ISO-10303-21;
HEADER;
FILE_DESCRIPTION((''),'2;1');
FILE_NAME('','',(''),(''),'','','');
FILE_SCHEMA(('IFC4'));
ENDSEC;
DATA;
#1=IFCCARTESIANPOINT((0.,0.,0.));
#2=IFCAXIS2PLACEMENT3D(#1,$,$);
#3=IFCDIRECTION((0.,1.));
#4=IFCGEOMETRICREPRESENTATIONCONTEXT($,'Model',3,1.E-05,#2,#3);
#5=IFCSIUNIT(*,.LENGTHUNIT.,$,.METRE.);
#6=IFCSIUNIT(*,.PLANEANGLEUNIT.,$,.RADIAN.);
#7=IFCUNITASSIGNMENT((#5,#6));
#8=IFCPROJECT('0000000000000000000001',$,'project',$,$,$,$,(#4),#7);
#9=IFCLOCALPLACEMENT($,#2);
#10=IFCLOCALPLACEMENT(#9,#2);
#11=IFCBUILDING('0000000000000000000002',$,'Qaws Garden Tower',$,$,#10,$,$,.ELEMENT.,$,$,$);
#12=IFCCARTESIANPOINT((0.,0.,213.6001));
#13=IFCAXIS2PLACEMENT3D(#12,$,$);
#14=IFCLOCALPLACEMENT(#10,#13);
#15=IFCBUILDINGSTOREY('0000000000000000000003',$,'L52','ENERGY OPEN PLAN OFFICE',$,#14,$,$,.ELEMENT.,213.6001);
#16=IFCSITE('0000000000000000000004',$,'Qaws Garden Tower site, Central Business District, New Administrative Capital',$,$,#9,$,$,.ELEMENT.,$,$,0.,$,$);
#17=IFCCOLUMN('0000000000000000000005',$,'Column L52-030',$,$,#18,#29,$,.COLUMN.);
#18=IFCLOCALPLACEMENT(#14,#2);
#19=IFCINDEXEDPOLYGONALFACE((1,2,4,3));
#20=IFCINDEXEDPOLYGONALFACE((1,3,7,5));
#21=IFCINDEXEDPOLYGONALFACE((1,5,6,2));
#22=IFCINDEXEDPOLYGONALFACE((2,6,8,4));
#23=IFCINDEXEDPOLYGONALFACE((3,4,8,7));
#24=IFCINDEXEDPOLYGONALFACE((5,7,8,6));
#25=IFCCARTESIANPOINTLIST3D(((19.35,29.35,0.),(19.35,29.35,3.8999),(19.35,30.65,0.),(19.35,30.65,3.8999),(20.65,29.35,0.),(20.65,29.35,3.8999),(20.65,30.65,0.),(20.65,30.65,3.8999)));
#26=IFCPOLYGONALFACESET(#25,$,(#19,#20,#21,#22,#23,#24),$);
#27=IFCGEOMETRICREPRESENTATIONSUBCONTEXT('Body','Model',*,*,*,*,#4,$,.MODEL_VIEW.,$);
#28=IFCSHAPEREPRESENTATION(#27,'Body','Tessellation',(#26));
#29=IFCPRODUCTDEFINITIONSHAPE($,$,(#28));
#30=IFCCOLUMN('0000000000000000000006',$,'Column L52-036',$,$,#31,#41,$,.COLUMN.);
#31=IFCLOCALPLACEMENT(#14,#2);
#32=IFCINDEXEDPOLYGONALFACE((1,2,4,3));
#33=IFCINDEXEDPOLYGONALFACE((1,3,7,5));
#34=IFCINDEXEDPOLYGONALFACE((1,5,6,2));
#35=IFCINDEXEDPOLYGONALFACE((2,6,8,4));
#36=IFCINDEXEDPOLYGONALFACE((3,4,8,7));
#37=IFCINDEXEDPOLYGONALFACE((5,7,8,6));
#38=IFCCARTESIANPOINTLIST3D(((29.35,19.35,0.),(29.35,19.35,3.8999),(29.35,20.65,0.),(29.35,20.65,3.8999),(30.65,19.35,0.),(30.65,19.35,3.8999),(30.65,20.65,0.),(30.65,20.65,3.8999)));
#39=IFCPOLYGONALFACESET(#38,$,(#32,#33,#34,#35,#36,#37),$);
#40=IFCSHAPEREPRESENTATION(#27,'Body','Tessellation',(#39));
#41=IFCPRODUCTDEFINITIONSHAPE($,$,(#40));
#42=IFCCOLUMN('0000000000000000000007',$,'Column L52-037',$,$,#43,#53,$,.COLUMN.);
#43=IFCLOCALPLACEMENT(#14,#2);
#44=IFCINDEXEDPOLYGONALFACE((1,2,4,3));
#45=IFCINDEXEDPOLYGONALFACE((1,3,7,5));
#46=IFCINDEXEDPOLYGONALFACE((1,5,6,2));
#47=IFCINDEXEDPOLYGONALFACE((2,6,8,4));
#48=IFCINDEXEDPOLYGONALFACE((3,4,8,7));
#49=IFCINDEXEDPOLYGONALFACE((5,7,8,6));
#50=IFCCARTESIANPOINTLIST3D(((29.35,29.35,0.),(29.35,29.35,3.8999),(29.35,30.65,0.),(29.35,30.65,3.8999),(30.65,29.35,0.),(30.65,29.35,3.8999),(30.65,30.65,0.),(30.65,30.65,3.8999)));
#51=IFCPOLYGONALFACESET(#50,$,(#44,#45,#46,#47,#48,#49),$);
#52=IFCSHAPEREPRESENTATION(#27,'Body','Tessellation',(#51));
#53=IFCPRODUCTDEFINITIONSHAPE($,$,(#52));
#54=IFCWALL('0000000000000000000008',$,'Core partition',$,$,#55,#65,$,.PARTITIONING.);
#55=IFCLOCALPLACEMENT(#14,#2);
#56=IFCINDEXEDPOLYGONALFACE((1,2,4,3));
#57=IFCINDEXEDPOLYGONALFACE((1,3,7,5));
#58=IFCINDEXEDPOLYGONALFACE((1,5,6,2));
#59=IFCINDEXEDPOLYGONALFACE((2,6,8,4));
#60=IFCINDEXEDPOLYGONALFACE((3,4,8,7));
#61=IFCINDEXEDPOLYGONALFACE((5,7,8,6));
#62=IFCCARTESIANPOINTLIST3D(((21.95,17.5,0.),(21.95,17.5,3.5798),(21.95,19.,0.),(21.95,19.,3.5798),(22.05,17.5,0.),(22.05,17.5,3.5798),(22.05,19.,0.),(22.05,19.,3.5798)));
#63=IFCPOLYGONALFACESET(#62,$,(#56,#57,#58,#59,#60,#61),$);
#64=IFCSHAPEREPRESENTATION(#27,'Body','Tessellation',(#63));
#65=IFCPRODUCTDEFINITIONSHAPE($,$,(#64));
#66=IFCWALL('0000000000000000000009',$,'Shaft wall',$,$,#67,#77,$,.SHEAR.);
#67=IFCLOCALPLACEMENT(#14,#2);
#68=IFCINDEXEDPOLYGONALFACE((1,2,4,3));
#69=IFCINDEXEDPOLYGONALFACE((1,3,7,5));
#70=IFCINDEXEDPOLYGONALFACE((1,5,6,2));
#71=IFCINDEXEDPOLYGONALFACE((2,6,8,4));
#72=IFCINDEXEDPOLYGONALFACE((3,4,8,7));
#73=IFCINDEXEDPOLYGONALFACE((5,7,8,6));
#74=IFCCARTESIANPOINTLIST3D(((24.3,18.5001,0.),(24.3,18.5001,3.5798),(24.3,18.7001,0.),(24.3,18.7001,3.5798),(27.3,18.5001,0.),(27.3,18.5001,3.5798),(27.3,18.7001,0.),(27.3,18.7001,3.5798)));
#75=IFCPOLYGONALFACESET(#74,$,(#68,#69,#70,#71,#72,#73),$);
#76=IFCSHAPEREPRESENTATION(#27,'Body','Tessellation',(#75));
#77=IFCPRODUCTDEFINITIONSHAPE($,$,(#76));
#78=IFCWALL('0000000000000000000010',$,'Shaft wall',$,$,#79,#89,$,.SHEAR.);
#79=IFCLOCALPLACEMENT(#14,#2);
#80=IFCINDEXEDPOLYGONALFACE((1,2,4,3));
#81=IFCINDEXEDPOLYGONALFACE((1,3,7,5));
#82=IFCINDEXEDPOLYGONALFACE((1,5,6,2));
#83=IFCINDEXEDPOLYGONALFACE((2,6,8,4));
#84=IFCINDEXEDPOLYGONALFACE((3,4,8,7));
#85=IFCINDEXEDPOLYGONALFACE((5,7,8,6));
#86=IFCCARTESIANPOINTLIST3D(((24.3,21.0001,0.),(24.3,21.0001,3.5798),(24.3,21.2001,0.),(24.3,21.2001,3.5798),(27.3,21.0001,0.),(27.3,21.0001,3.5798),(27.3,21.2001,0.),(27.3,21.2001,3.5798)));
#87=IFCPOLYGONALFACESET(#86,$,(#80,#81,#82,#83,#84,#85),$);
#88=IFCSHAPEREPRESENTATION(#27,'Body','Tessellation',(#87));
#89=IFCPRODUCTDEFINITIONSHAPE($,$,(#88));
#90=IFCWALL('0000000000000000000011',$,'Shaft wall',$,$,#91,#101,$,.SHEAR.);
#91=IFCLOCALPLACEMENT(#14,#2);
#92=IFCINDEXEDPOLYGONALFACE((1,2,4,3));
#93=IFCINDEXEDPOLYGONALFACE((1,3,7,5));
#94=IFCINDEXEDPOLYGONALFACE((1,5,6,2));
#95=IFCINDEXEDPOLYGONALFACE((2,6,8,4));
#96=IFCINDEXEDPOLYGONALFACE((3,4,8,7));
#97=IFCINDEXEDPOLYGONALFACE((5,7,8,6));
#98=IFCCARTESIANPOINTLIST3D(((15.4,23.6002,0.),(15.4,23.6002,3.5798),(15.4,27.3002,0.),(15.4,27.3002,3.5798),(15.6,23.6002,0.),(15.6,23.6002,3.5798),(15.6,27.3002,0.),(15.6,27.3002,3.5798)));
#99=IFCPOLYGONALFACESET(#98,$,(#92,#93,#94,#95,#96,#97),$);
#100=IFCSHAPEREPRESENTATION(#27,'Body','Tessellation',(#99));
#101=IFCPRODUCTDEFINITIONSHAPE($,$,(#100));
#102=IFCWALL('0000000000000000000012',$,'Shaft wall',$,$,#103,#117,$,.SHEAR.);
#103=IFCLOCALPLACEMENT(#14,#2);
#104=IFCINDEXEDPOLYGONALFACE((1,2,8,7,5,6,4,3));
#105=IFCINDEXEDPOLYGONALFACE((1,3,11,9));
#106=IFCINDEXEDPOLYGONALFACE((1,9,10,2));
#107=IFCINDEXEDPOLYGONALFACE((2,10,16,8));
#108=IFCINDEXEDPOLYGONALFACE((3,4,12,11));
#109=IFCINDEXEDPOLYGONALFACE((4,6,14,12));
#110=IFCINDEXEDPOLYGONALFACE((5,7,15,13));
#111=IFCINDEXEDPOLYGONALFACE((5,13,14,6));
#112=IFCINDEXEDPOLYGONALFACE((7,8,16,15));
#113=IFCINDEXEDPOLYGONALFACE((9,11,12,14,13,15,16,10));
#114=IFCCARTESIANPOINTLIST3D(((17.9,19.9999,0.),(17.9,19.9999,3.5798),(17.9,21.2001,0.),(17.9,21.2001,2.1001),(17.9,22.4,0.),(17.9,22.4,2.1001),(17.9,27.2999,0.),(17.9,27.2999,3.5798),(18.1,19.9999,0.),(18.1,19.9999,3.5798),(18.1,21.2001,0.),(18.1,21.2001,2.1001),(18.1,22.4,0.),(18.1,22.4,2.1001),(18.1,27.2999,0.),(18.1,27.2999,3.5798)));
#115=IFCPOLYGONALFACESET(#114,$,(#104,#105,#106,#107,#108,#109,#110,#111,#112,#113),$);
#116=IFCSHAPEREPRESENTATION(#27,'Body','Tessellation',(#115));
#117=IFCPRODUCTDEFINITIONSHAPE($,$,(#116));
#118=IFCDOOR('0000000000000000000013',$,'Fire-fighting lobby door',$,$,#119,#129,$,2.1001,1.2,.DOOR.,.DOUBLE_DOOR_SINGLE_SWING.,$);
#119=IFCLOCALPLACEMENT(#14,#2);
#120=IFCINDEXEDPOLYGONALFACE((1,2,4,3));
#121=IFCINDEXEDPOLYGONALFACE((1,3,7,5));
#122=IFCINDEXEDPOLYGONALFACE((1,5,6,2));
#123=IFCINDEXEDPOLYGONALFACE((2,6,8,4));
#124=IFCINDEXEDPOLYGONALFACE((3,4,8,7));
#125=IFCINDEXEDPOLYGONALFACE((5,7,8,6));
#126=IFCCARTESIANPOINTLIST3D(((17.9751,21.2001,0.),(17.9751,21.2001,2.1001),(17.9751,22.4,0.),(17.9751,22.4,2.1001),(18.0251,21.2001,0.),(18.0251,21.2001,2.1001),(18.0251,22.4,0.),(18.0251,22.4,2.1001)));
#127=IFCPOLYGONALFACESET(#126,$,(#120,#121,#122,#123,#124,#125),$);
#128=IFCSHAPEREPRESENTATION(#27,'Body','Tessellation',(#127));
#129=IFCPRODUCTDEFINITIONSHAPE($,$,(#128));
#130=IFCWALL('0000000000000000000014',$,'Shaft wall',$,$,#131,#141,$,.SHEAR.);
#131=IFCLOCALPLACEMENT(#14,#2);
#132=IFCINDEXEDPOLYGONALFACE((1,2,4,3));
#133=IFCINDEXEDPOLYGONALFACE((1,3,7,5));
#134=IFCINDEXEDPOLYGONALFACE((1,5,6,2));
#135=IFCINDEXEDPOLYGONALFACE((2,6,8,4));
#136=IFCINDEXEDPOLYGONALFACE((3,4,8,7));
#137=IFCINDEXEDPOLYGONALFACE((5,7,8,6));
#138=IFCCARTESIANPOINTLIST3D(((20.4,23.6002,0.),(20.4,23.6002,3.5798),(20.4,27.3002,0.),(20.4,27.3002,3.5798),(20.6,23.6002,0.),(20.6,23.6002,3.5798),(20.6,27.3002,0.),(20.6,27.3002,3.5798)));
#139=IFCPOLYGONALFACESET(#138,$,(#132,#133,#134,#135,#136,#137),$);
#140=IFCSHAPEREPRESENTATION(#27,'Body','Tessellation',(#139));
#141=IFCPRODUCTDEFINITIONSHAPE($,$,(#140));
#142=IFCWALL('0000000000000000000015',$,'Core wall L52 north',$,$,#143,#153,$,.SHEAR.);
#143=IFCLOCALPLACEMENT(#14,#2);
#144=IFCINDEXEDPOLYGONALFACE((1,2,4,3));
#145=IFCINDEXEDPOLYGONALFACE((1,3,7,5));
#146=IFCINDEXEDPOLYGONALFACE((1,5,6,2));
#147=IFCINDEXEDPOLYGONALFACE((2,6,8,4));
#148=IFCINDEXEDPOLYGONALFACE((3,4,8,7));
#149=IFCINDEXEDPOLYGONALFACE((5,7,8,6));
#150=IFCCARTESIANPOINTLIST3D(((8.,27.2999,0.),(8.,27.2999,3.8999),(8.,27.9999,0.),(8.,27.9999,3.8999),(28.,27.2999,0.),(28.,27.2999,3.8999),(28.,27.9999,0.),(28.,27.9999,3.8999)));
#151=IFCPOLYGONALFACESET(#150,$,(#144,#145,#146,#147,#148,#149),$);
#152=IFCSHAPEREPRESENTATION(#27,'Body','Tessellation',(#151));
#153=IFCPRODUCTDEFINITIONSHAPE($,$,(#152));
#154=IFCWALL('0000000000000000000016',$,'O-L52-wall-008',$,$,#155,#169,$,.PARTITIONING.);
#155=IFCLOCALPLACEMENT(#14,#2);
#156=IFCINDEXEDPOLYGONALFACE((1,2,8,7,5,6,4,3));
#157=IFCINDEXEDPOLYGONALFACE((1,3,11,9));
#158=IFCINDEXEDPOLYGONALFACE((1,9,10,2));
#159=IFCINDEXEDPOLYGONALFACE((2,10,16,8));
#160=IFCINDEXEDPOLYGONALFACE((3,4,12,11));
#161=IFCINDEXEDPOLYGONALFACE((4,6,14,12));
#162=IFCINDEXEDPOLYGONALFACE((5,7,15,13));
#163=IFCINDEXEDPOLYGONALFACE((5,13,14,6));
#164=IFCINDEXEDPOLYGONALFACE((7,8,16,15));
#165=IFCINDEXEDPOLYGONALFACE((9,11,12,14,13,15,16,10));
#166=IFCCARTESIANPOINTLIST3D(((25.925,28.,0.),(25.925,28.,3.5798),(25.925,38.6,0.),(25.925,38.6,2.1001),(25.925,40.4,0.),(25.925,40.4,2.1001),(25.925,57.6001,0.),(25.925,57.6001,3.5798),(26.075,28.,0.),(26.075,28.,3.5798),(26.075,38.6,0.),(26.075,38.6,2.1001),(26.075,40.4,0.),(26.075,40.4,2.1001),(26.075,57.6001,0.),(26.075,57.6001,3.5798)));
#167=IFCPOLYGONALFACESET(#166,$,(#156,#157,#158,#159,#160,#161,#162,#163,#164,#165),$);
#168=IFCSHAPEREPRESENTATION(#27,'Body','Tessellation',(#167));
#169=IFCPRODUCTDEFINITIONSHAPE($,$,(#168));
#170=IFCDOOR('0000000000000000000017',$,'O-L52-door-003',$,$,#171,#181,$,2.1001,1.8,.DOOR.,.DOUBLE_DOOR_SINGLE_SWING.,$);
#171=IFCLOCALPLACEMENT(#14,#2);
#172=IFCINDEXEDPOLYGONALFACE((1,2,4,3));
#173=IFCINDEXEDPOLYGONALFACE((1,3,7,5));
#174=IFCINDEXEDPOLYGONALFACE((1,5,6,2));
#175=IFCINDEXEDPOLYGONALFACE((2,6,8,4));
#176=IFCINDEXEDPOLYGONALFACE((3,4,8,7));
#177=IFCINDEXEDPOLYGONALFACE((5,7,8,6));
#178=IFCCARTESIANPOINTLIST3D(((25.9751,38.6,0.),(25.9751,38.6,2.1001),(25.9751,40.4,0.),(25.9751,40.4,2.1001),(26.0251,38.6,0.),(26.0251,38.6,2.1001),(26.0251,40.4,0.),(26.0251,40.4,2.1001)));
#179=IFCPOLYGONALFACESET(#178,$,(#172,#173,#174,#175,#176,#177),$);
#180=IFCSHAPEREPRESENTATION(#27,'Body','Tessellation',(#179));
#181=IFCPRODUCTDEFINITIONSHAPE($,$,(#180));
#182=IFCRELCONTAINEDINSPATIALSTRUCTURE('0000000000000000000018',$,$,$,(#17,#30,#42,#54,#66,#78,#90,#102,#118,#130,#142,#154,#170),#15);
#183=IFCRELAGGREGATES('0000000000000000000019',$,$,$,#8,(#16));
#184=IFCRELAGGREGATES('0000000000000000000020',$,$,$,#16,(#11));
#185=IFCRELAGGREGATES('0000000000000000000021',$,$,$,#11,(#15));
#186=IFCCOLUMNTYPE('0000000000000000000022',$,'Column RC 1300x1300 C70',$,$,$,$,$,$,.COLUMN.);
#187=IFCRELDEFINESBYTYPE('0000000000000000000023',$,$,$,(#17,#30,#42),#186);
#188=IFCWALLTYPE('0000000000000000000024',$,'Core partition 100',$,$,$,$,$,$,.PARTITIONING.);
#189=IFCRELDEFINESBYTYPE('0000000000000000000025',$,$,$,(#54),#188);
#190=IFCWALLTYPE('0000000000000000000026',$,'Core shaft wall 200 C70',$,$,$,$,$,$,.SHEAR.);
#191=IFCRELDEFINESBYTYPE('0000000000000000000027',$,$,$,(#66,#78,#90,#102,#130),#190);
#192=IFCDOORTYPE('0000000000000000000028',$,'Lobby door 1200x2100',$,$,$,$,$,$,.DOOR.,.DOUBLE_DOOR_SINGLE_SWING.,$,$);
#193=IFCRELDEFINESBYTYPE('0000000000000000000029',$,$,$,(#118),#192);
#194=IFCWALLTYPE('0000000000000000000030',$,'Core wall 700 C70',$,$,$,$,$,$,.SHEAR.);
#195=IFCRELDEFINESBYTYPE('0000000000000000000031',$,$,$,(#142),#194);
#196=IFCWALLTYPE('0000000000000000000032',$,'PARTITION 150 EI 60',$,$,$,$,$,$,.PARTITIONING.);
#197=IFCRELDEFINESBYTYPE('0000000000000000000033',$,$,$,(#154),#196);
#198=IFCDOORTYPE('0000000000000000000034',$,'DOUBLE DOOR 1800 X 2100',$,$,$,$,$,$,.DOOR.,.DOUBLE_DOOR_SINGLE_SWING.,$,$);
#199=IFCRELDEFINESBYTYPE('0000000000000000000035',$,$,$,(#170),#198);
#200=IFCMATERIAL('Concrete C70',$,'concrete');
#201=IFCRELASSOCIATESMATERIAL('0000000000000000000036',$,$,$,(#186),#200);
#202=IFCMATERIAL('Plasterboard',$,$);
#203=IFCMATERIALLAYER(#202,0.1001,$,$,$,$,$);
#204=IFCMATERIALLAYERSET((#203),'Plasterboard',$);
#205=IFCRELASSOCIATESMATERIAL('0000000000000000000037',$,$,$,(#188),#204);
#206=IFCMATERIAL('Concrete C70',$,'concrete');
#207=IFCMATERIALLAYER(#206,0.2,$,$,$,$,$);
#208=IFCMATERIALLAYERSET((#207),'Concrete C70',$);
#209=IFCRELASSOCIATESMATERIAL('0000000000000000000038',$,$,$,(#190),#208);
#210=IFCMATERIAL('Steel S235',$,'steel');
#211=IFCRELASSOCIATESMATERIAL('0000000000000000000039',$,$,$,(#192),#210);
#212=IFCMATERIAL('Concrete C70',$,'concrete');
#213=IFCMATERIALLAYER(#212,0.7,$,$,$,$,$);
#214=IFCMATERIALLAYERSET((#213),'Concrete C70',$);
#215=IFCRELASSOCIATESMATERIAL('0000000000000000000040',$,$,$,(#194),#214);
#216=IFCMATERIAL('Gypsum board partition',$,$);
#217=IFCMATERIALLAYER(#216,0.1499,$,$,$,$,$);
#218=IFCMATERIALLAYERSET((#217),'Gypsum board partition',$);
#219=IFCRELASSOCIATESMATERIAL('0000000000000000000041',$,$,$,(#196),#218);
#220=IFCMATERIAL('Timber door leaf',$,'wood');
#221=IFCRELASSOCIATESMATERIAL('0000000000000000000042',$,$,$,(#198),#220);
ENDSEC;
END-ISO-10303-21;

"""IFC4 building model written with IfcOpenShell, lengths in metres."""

from ifc_helpers import new_model, si_unit, direction, frame, frame_2d, origin, origin_2d, place, context, subcontext, project, spatial, rectangle, extrude, material, layer, layer_set, material_profile, profile_set, type_object, element, fill, save


model = new_model("IFC4")

# Units and contexts
model_context = context("Model", 3, precision=1e-05, world=origin(), true_north=direction((0.0, 1.0)))
body_context = subcontext(model_context, "Body", "Model", "MODEL_VIEW")
ifc_project = project(units=[si_unit("LENGTHUNIT", "METRE"), si_unit("PLANEANGLEUNIT", "RADIAN")], contexts=[model_context])

# Site, building, storey
site_placement = place(None, origin())
site = spatial("IfcSite", under=ifc_project, at=site_placement, Name="Qaws Garden Tower site, Central Business District, New Administrative Capital", CompositionType="ELEMENT", RefElevation=0.0)
building_placement = place(site_placement, origin())
building = spatial("IfcBuilding", under=site, at=building_placement, Name="Qaws Garden Tower", CompositionType="ELEMENT")
storey_placement = place(building_placement, frame((0.0, 0.0, 213.6001)))
storey = spatial("IfcBuildingStorey", under=building, at=storey_placement, Name="L52", Description="ENERGY OPEN PLAN OFFICE", CompositionType="ELEMENT", Elevation=213.6001)

# Columns
ifc_material_1 = material(Name="Concrete C70", Category="concrete")
ifc_material_profile = material_profile(ifc_material_1, rectangle(XDim=1.3, YDim=1.3, at=origin_2d()), Name="RC 1300x1300")
ifc_profile_set = profile_set([ifc_material_profile], Name="Concrete C70")
column_type = type_object("IfcColumnType", Name="Column RC 1300x1300 C70", PredefinedType="COLUMN", material=ifc_profile_set)
for number, where, z_axis, x_axis, name in (
    (1, (20.0, 30.0, 0.0), (0.0, 0.0, 1.0), (1.0, 0.0, 0.0), "Column L52-030"),
    (2, (30.0, 20.0, 0.0), (0.0, 0.0, 1.0), (1.0, 0.0, 0.0), "Column L52-036"),
    (3, (30.0, 30.0, 0.0), (0.0, 0.0, 1.0), (1.0, 0.0, 0.0), "Column L52-037"),
):
    element("IfcColumn", number, at=place(storey_placement, frame(where, z_axis=z_axis, x_axis=x_axis)), inside=storey, type_object=column_type, Name=name, PredefinedType="COLUMN", context=body_context, shape_type="SweptSolid", body=[
        extrude(rectangle(XDim=1.3, YDim=1.3, at=origin_2d()), origin(), (0.0, 0.0, 1.0), 3.8999),
    ])

# Walls
ifc_material_2 = material(Name="Plasterboard")
ifc_layer_1 = layer(ifc_material_2, 0.1001)
ifc_layer_set_1 = layer_set([ifc_layer_1], Name="Plasterboard")
wall_type_1 = type_object("IfcWallType", Name="Core partition 100", PredefinedType="PARTITIONING", material=ifc_layer_set_1)
wall_1_placement = place(storey_placement, frame((22.0, 17.5, 0.0), z_axis=(0.0, 0.0, 1.0), x_axis=(0.0, 1.0, 0.0)))
element("IfcWall", 4, at=wall_1_placement, inside=storey, type_object=wall_type_1, Name="Core partition", PredefinedType="PARTITIONING", context=body_context, shape_type="SweptSolid", body=[
    extrude(rectangle(XDim=1.5, YDim=0.1001, at=frame_2d((0.75, 0.0))), origin(), (0.0, 0.0, 1.0), 3.5798),
])
ifc_material_3 = material(Name="Concrete C70", Category="concrete")
ifc_layer_2 = layer(ifc_material_3, 0.2)
ifc_layer_set_2 = layer_set([ifc_layer_2], Name="Concrete C70")
wall_type_2 = type_object("IfcWallType", Name="Core shaft wall 200 C70", PredefinedType="SHEAR", material=ifc_layer_set_2)
for number, where, z_axis, x_axis, name in (
    (5, (24.3, 18.6001, 0.0), (0.0, 0.0, 1.0), (1.0, 0.0, 0.0), "Shaft wall"),
    (6, (24.3, 21.1001, 0.0), (0.0, 0.0, 1.0), (1.0, 0.0, 0.0), "Shaft wall"),
):
    element("IfcWall", number, at=place(storey_placement, frame(where, z_axis=z_axis, x_axis=x_axis)), inside=storey, type_object=wall_type_2, Name=name, PredefinedType="SHEAR", context=body_context, shape_type="SweptSolid", body=[
        extrude(rectangle(XDim=3.0, YDim=0.2, at=frame_2d((1.5, 0.0))), origin(), (0.0, 0.0, 1.0), 3.5798),
    ])
wall_2_placement = place(storey_placement, frame((15.5, 23.6001, 0.0), z_axis=(0.0, 0.0, 1.0), x_axis=(0.0, 1.0, 0.0)))
element("IfcWall", 7, at=wall_2_placement, inside=storey, type_object=wall_type_2, Name="Shaft wall", PredefinedType="SHEAR", context=body_context, shape_type="SweptSolid", body=[
    extrude(rectangle(XDim=3.7, YDim=0.2, at=frame_2d((1.8501, 0.0))), origin(), (0.0, 0.0, 1.0), 3.5798),
])

# Wall, opening, door
wall_3_placement = place(storey_placement, frame((18.0, 20.0, 0.0), z_axis=(0.0, 0.0, 1.0), x_axis=(0.0, 1.0, 0.0)))
wall_3 = element("IfcWall", 8, at=wall_3_placement, inside=storey, type_object=wall_type_2, Name="Shaft wall", PredefinedType="SHEAR", context=body_context, shape_type="SweptSolid", body=[
    extrude(rectangle(XDim=7.3, YDim=0.2, at=frame_2d((3.6499, 0.0))), origin(), (0.0, 0.0, 1.0), 3.5798),
])
opening_1_placement = place(wall_3_placement, frame((1.2, 0.0, 0.0)))
opening_1 = element("IfcOpeningElement", 9, at=opening_1_placement, cuts=wall_3, PredefinedType="OPENING", context=body_context, shape_type="SweptSolid", body=[
    extrude(rectangle(XDim=1.2, YDim=2.1001, at=frame_2d((0.6001, 1.05))), frame((0.0, 0.1099, 0.0), z_axis=(0.0, -1.0, 0.0), x_axis=(1.0, 0.0, 0.0)), (0.0, 0.0, 1.0), 0.22),
])
ifc_material_4 = material(Name="Steel S235", Category="steel")
door_type_1 = type_object("IfcDoorType", Name="Lobby door 1200x2100", OperationType="DOUBLE_DOOR_SINGLE_SWING", PredefinedType="DOOR", material=ifc_material_4)
door_1_placement = place(opening_1_placement, origin())
door_1 = element("IfcDoor", 10, at=door_1_placement, inside=storey, type_object=door_type_1, Name="Fire-fighting lobby door", OperationType="DOUBLE_DOOR_SINGLE_SWING", OverallHeight=2.1001, OverallWidth=1.2, PredefinedType="DOOR", context=body_context, shape_type="SweptSolid", body=[
    extrude(rectangle(XDim=1.2, YDim=2.1001, at=frame_2d((0.6001, 1.05))), frame((0.0, 0.0249, 0.0), z_axis=(0.0, -1.0, 0.0), x_axis=(1.0, 0.0, 0.0)), (0.0, 0.0, 1.0), 0.05),
])
fill(opening_1, door_1)

# Walls
wall_4_placement = place(storey_placement, frame((20.5, 23.6001, 0.0), z_axis=(0.0, 0.0, 1.0), x_axis=(0.0, 1.0, 0.0)))
element("IfcWall", 11, at=wall_4_placement, inside=storey, type_object=wall_type_2, Name="Shaft wall", PredefinedType="SHEAR", context=body_context, shape_type="SweptSolid", body=[
    extrude(rectangle(XDim=3.7, YDim=0.2, at=frame_2d((1.8501, 0.0))), origin(), (0.0, 0.0, 1.0), 3.5798),
])
ifc_material_5 = material(Name="Concrete C70", Category="concrete")
ifc_layer_3 = layer(ifc_material_5, 0.7)
ifc_layer_set_3 = layer_set([ifc_layer_3], Name="Concrete C70")
wall_type_3 = type_object("IfcWallType", Name="Core wall 700 C70", PredefinedType="SHEAR", material=ifc_layer_set_3)
wall_5_placement = place(storey_placement, frame((28.0, 27.6499, 0.0), z_axis=(0.0, 0.0, 1.0), x_axis=(-1.0, 0.0, 0.0)))
element("IfcWall", 12, at=wall_5_placement, inside=storey, type_object=wall_type_3, Name="Core wall L52 north", PredefinedType="SHEAR", context=body_context, shape_type="SweptSolid", body=[
    extrude(rectangle(XDim=20.0, YDim=0.7, at=frame_2d((10.0, 0.0))), origin(), (0.0, 0.0, 1.0), 3.8999),
])

# Wall, opening, door
ifc_material_6 = material(Name="Gypsum board partition")
ifc_layer_4 = layer(ifc_material_6, 0.1499)
ifc_layer_set_4 = layer_set([ifc_layer_4], Name="Gypsum board partition")
wall_type_4 = type_object("IfcWallType", Name="PARTITION 150 EI 60", PredefinedType="PARTITIONING", material=ifc_layer_set_4)
wall_6_placement = place(storey_placement, frame((26.0, 28.0, 0.0), z_axis=(0.0, 0.0, 1.0), x_axis=(0.0, 1.0, 0.0)))
wall_6 = element("IfcWall", 13, at=wall_6_placement, inside=storey, type_object=wall_type_4, Name="O-L52-wall-008", PredefinedType="PARTITIONING", context=body_context, shape_type="SweptSolid", body=[
    extrude(rectangle(XDim=29.6001, YDim=0.1499, at=frame_2d((14.8, 0.0))), origin(), (0.0, 0.0, 1.0), 3.5798),
])
opening_2_placement = place(wall_6_placement, frame((10.6001, 0.0, 0.0)))
opening_2 = element("IfcOpeningElement", 14, at=opening_2_placement, cuts=wall_6, PredefinedType="OPENING", context=body_context, shape_type="SweptSolid", body=[
    extrude(rectangle(XDim=1.8, YDim=2.1001, at=frame_2d((0.8999, 1.05))), frame((0.0, 0.085, 0.0), z_axis=(0.0, -1.0, 0.0), x_axis=(1.0, 0.0, 0.0)), (0.0, 0.0, 1.0), 0.1699),
])
ifc_material_7 = material(Name="Timber door leaf", Category="wood")
door_type_2 = type_object("IfcDoorType", Name="DOUBLE DOOR 1800 X 2100", OperationType="DOUBLE_DOOR_SINGLE_SWING", PredefinedType="DOOR", material=ifc_material_7)
door_2_placement = place(opening_2_placement, origin())
door_2 = element("IfcDoor", 15, at=door_2_placement, inside=storey, type_object=door_type_2, Name="O-L52-door-003", OperationType="DOUBLE_DOOR_SINGLE_SWING", OverallHeight=2.1001, OverallWidth=1.8, PredefinedType="DOOR", context=body_context, shape_type="SweptSolid", body=[
    extrude(rectangle(XDim=1.8, YDim=2.1001, at=frame_2d((0.8999, 1.05))), frame((0.0, 0.0249, 0.0), z_axis=(0.0, -1.0, 0.0), x_axis=(1.0, 0.0, 0.0)), (0.0, 0.0, 1.0), 0.05),
])
fill(opening_2, door_2)

save(model, "model.ifc")
